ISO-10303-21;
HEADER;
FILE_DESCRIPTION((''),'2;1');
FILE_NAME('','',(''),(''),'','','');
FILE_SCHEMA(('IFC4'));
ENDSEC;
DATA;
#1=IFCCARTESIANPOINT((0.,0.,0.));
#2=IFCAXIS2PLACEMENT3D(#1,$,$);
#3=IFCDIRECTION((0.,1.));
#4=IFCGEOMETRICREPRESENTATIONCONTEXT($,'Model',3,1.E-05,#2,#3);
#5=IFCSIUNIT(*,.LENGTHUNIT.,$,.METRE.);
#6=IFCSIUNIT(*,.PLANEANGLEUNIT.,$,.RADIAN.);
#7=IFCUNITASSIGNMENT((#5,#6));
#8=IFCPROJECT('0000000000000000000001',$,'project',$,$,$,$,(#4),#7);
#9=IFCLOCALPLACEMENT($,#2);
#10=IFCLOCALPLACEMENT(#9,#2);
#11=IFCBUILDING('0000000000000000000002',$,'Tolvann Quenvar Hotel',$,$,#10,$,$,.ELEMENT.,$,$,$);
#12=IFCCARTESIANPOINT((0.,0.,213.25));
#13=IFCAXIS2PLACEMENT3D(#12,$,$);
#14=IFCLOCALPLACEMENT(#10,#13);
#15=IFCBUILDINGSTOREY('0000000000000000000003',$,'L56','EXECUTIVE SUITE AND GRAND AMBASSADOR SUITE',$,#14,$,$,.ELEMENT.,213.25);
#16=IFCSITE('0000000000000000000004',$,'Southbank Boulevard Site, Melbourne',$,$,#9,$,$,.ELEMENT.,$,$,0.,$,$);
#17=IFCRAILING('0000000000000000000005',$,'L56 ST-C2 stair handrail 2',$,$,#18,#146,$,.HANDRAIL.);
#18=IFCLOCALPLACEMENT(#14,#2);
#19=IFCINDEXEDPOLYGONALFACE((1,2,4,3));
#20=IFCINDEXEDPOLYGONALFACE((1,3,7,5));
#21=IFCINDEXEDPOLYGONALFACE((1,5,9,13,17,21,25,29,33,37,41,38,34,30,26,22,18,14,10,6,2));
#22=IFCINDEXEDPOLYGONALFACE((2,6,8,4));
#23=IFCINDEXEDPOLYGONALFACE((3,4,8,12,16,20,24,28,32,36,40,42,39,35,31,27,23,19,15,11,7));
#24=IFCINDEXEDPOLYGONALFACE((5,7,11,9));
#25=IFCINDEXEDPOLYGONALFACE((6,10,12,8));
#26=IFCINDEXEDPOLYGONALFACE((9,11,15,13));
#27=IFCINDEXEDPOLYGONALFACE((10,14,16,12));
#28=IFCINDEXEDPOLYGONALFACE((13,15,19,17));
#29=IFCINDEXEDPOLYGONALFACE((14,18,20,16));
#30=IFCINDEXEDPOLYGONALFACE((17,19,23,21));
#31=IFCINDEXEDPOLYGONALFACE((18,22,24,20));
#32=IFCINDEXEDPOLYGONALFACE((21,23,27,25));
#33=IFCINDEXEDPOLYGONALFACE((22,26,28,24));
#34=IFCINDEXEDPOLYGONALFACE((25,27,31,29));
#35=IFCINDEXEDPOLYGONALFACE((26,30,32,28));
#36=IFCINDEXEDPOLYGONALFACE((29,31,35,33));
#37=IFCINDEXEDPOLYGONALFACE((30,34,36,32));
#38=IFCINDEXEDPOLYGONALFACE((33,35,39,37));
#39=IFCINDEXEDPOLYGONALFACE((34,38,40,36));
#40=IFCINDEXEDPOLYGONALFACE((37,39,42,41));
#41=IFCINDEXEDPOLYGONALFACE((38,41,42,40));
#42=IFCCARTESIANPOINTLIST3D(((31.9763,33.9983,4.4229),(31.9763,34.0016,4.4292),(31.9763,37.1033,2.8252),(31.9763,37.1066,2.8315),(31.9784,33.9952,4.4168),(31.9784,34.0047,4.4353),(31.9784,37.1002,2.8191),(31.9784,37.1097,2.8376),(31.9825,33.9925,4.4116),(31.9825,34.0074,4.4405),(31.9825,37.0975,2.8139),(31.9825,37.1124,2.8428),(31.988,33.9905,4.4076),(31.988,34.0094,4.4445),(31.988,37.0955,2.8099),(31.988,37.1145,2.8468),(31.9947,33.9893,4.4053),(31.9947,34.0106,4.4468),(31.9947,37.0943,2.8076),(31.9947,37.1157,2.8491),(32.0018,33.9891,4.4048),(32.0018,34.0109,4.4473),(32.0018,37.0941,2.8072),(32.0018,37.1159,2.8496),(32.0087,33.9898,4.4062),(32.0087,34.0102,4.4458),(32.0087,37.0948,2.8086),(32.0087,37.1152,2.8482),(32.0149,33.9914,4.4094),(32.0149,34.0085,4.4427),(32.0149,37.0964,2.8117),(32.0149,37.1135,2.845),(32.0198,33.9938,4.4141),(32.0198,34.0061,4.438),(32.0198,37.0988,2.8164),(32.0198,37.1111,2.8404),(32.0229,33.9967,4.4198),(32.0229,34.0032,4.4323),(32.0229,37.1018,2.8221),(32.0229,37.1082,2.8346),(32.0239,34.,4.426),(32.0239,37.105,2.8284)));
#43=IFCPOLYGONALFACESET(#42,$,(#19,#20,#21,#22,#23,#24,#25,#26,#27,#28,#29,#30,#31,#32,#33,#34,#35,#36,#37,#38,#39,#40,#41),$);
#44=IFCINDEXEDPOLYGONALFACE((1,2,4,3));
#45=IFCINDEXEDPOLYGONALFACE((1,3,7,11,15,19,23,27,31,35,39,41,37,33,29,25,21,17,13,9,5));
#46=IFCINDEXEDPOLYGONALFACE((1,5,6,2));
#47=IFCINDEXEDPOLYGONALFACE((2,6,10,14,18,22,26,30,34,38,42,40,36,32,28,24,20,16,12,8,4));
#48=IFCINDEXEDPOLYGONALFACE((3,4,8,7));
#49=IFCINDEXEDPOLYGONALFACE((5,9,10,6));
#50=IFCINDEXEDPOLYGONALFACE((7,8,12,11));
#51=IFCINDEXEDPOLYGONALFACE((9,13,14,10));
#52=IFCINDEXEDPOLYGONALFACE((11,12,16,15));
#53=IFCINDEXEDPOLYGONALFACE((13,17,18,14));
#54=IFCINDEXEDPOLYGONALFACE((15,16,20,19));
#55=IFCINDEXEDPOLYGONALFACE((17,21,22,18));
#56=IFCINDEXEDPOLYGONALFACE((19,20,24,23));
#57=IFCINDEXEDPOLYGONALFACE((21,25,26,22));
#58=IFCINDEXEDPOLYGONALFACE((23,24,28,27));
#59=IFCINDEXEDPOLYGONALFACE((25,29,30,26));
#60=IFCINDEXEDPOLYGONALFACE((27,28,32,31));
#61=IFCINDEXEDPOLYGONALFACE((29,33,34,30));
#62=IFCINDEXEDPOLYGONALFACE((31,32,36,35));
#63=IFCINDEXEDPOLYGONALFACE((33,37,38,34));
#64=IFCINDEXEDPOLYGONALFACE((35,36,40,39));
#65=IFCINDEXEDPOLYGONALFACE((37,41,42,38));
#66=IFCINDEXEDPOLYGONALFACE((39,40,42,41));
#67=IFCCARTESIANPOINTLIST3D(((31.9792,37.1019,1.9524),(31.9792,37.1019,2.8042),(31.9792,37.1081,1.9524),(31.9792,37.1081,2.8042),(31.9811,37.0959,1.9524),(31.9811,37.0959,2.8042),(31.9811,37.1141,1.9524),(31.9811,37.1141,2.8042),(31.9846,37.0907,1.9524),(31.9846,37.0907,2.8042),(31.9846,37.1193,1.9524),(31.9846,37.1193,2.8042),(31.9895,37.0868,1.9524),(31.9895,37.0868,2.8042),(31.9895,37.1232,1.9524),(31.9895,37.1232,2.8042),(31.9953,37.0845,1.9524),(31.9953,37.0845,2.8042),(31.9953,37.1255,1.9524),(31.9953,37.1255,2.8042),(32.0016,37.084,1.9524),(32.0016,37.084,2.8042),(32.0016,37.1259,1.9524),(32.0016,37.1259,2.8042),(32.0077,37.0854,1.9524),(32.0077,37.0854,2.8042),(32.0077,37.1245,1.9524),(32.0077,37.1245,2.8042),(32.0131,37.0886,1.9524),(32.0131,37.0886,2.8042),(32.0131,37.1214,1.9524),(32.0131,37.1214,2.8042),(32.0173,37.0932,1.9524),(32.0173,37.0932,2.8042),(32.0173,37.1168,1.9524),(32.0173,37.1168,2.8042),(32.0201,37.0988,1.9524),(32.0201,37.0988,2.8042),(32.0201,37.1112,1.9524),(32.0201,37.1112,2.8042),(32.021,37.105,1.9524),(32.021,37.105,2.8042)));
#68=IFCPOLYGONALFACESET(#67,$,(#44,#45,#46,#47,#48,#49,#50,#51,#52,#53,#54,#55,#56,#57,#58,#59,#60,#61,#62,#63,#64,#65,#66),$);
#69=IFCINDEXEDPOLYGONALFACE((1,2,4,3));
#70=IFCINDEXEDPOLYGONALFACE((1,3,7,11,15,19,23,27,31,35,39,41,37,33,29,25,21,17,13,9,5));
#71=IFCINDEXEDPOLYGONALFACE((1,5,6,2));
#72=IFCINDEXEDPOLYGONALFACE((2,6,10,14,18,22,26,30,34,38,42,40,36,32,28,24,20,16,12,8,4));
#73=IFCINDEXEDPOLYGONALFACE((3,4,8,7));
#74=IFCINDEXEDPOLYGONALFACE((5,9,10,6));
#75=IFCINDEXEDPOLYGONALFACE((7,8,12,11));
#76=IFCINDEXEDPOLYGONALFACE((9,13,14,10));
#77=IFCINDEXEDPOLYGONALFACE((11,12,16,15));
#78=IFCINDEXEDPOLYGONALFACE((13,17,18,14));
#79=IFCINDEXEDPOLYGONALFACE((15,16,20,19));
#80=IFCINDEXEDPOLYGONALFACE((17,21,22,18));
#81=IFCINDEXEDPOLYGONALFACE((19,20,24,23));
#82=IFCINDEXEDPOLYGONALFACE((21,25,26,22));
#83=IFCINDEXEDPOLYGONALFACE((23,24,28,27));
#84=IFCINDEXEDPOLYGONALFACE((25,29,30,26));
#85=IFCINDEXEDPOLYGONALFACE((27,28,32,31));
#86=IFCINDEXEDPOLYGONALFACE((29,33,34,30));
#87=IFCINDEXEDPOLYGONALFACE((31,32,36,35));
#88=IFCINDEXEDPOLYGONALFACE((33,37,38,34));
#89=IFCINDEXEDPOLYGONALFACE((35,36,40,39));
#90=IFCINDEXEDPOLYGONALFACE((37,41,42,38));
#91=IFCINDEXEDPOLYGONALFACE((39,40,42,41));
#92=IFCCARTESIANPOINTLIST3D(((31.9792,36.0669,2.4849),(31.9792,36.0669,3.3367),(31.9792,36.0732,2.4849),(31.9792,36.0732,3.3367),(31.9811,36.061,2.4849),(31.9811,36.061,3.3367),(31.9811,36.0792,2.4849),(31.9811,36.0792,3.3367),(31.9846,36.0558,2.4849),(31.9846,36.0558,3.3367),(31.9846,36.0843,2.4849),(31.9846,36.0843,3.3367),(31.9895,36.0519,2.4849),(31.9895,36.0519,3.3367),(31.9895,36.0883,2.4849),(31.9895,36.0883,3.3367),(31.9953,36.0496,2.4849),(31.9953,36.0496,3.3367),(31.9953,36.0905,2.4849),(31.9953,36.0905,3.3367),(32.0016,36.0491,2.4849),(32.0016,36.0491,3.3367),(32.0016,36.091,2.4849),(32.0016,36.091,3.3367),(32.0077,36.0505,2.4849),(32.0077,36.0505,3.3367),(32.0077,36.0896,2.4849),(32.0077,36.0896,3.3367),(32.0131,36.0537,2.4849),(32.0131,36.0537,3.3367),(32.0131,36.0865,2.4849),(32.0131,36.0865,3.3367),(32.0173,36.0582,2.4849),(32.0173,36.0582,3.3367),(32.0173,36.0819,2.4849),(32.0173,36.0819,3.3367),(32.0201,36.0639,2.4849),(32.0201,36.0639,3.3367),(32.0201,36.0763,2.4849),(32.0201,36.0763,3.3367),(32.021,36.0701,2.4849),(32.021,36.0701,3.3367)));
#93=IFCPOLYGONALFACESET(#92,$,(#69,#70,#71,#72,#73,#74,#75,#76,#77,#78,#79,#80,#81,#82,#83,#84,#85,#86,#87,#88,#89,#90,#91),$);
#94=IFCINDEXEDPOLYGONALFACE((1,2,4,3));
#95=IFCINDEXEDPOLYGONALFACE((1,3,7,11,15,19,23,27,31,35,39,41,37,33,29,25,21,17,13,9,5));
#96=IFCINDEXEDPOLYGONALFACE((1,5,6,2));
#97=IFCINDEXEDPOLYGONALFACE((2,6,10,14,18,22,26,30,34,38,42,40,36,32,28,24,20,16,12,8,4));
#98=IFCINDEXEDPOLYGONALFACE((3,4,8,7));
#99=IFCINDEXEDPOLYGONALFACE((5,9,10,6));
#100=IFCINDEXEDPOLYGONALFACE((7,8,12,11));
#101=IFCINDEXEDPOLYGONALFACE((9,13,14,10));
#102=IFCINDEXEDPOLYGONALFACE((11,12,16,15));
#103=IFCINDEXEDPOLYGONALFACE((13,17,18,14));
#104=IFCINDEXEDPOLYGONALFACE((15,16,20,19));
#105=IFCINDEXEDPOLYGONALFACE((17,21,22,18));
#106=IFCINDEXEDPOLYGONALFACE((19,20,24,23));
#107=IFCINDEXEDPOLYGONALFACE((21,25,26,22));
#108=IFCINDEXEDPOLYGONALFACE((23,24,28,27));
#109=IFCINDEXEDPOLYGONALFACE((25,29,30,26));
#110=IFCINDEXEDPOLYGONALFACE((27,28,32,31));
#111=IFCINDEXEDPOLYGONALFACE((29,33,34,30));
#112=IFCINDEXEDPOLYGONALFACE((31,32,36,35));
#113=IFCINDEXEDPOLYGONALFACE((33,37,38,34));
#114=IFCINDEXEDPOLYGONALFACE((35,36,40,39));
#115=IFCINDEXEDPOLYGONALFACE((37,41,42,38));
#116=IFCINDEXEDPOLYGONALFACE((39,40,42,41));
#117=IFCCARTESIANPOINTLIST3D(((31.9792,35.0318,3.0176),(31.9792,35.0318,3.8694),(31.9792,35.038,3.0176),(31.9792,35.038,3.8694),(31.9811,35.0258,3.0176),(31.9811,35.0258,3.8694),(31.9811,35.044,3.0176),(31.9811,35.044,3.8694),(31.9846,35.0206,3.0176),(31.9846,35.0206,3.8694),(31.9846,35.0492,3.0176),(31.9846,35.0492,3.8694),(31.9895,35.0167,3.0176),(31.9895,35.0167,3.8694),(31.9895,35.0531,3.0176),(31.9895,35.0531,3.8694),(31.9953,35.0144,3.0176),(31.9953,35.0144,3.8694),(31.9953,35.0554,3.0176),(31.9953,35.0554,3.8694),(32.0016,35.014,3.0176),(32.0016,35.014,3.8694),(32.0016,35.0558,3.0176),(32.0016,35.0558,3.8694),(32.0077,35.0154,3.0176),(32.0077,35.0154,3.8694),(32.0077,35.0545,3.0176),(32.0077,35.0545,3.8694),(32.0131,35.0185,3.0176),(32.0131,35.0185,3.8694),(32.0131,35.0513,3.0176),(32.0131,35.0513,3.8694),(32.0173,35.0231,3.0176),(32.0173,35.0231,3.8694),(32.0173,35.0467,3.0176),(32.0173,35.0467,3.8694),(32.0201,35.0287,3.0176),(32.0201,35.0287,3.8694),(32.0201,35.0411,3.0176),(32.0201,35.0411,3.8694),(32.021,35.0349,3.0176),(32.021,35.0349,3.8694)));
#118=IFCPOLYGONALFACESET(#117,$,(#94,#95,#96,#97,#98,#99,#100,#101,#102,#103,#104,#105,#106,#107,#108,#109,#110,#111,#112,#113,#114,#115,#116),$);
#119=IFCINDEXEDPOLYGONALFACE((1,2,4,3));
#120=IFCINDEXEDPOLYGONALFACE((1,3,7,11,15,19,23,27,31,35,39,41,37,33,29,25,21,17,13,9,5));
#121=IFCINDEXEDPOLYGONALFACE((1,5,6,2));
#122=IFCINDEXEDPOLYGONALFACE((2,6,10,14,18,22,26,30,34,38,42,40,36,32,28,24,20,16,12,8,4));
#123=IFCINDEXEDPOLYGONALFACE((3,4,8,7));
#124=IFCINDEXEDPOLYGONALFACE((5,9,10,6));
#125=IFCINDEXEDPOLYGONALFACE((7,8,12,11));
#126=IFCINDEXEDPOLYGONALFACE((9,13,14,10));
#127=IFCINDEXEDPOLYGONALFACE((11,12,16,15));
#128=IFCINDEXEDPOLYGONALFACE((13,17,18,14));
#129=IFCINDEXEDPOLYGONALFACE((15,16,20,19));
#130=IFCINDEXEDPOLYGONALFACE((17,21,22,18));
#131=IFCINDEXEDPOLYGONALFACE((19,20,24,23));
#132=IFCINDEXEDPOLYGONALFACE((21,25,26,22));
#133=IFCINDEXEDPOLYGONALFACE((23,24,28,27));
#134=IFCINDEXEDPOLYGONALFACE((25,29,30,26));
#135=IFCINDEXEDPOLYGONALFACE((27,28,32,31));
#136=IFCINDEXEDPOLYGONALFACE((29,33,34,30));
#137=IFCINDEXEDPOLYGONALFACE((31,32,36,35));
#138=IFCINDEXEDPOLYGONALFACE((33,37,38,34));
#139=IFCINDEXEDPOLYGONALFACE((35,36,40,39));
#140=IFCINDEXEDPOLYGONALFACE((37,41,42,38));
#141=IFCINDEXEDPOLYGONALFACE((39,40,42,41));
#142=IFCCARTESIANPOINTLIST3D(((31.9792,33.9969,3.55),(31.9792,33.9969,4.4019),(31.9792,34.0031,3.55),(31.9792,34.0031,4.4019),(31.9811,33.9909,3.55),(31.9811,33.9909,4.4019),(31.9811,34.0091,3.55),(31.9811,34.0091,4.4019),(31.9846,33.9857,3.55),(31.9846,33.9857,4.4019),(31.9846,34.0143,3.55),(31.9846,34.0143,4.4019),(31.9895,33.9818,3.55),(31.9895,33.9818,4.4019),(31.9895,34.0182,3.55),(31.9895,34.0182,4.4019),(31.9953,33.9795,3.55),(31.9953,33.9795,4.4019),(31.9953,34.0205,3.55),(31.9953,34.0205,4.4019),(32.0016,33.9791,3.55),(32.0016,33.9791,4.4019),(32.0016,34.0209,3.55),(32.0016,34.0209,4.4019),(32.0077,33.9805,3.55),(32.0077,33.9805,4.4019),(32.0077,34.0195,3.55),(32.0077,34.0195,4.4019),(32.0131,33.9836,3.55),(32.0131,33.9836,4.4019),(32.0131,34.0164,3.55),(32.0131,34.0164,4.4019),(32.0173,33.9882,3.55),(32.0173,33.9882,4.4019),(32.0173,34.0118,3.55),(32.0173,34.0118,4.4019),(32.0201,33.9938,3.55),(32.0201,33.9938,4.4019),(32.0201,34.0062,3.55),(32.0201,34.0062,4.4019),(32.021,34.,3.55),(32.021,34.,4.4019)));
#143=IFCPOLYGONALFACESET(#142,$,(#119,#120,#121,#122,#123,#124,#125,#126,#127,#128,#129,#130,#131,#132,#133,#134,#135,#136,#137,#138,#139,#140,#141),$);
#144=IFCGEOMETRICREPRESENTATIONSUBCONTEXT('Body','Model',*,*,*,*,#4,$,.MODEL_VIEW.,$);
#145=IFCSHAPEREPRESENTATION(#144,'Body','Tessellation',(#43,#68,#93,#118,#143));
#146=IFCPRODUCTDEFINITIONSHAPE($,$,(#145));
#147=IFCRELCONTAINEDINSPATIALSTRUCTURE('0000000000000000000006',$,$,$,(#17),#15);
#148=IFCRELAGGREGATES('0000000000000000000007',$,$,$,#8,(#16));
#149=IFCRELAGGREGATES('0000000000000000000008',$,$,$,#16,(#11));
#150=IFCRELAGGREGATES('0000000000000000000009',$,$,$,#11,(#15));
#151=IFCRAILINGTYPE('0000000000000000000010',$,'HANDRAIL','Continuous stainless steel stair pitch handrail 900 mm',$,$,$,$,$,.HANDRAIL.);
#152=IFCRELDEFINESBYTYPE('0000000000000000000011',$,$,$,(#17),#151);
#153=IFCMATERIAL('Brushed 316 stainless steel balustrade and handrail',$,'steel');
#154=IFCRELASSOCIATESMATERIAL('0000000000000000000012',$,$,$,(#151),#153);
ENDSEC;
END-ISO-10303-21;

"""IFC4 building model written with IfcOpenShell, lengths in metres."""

from ifc_helpers import new_model, si_unit, direction, frame, origin, origin_2d, place, context, subcontext, project, spatial, circle, extrude, material, type_object, element, save


model = new_model("IFC4")

# Units and contexts
model_context = context("Model", 3, precision=1e-05, world=origin(), true_north=direction((0.0, 1.0)))
body_context = subcontext(model_context, "Body", "Model", "MODEL_VIEW")
ifc_project = project(units=[si_unit("LENGTHUNIT", "METRE"), si_unit("PLANEANGLEUNIT", "RADIAN")], contexts=[model_context])

# Site, building, storey
site_placement = place(None, origin())
site = spatial("IfcSite", under=ifc_project, at=site_placement, Name="Southbank Boulevard Site, Melbourne", CompositionType="ELEMENT", RefElevation=0.0)
building_placement = place(site_placement, origin())
building = spatial("IfcBuilding", under=site, at=building_placement, Name="Tolvann Quenvar Hotel", CompositionType="ELEMENT")
storey_placement = place(building_placement, frame((0.0, 0.0, 213.25)))
storey = spatial("IfcBuildingStorey", under=building, at=storey_placement, Name="L56", Description="EXECUTIVE SUITE AND GRAND AMBASSADOR SUITE", CompositionType="ELEMENT", Elevation=213.25)

# Railing
ifc_material_1 = material(Name="Brushed 316 stainless steel balustrade and handrail", Category="steel")
railing_type_1 = type_object("IfcRailingType", Name="HANDRAIL", Description="Continuous stainless steel stair pitch handrail 900 mm", PredefinedType="HANDRAIL", material=ifc_material_1)
railing_1_placement = place(storey_placement, frame((32.0, 37.105, 1.9524)))
element("IfcRailing", 1, at=railing_1_placement, inside=storey, type_object=railing_type_1, Name="L56 ST-C2 stair handrail 2", PredefinedType="HANDRAIL", context=body_context, shape_type="SweptSolid", body=[
    extrude(circle(Radius=0.0239, at=origin_2d()), frame((0.0, 0.0, 0.876), z_axis=(0.0, -0.889194, 0.457531), x_axis=(1.0, 0.0, 0.0)), (0.0, 0.0, 1.0), 3.4919),
    extrude(circle(Radius=0.021, at=origin_2d()), origin(), (0.0, 0.0, 1.0), 0.8518),
    extrude(circle(Radius=0.021, at=origin_2d()), frame((0.0, -1.0349, 0.5325)), (0.0, 0.0, 1.0), 0.8518),
    extrude(circle(Radius=0.021, at=origin_2d()), frame((0.0, -2.0701, 1.0652)), (0.0, 0.0, 1.0), 0.8518),
    extrude(circle(Radius=0.021, at=origin_2d()), frame((0.0, -3.105, 1.5977)), (0.0, 0.0, 1.0), 0.8518),
])

save(model, "model.ifc")
